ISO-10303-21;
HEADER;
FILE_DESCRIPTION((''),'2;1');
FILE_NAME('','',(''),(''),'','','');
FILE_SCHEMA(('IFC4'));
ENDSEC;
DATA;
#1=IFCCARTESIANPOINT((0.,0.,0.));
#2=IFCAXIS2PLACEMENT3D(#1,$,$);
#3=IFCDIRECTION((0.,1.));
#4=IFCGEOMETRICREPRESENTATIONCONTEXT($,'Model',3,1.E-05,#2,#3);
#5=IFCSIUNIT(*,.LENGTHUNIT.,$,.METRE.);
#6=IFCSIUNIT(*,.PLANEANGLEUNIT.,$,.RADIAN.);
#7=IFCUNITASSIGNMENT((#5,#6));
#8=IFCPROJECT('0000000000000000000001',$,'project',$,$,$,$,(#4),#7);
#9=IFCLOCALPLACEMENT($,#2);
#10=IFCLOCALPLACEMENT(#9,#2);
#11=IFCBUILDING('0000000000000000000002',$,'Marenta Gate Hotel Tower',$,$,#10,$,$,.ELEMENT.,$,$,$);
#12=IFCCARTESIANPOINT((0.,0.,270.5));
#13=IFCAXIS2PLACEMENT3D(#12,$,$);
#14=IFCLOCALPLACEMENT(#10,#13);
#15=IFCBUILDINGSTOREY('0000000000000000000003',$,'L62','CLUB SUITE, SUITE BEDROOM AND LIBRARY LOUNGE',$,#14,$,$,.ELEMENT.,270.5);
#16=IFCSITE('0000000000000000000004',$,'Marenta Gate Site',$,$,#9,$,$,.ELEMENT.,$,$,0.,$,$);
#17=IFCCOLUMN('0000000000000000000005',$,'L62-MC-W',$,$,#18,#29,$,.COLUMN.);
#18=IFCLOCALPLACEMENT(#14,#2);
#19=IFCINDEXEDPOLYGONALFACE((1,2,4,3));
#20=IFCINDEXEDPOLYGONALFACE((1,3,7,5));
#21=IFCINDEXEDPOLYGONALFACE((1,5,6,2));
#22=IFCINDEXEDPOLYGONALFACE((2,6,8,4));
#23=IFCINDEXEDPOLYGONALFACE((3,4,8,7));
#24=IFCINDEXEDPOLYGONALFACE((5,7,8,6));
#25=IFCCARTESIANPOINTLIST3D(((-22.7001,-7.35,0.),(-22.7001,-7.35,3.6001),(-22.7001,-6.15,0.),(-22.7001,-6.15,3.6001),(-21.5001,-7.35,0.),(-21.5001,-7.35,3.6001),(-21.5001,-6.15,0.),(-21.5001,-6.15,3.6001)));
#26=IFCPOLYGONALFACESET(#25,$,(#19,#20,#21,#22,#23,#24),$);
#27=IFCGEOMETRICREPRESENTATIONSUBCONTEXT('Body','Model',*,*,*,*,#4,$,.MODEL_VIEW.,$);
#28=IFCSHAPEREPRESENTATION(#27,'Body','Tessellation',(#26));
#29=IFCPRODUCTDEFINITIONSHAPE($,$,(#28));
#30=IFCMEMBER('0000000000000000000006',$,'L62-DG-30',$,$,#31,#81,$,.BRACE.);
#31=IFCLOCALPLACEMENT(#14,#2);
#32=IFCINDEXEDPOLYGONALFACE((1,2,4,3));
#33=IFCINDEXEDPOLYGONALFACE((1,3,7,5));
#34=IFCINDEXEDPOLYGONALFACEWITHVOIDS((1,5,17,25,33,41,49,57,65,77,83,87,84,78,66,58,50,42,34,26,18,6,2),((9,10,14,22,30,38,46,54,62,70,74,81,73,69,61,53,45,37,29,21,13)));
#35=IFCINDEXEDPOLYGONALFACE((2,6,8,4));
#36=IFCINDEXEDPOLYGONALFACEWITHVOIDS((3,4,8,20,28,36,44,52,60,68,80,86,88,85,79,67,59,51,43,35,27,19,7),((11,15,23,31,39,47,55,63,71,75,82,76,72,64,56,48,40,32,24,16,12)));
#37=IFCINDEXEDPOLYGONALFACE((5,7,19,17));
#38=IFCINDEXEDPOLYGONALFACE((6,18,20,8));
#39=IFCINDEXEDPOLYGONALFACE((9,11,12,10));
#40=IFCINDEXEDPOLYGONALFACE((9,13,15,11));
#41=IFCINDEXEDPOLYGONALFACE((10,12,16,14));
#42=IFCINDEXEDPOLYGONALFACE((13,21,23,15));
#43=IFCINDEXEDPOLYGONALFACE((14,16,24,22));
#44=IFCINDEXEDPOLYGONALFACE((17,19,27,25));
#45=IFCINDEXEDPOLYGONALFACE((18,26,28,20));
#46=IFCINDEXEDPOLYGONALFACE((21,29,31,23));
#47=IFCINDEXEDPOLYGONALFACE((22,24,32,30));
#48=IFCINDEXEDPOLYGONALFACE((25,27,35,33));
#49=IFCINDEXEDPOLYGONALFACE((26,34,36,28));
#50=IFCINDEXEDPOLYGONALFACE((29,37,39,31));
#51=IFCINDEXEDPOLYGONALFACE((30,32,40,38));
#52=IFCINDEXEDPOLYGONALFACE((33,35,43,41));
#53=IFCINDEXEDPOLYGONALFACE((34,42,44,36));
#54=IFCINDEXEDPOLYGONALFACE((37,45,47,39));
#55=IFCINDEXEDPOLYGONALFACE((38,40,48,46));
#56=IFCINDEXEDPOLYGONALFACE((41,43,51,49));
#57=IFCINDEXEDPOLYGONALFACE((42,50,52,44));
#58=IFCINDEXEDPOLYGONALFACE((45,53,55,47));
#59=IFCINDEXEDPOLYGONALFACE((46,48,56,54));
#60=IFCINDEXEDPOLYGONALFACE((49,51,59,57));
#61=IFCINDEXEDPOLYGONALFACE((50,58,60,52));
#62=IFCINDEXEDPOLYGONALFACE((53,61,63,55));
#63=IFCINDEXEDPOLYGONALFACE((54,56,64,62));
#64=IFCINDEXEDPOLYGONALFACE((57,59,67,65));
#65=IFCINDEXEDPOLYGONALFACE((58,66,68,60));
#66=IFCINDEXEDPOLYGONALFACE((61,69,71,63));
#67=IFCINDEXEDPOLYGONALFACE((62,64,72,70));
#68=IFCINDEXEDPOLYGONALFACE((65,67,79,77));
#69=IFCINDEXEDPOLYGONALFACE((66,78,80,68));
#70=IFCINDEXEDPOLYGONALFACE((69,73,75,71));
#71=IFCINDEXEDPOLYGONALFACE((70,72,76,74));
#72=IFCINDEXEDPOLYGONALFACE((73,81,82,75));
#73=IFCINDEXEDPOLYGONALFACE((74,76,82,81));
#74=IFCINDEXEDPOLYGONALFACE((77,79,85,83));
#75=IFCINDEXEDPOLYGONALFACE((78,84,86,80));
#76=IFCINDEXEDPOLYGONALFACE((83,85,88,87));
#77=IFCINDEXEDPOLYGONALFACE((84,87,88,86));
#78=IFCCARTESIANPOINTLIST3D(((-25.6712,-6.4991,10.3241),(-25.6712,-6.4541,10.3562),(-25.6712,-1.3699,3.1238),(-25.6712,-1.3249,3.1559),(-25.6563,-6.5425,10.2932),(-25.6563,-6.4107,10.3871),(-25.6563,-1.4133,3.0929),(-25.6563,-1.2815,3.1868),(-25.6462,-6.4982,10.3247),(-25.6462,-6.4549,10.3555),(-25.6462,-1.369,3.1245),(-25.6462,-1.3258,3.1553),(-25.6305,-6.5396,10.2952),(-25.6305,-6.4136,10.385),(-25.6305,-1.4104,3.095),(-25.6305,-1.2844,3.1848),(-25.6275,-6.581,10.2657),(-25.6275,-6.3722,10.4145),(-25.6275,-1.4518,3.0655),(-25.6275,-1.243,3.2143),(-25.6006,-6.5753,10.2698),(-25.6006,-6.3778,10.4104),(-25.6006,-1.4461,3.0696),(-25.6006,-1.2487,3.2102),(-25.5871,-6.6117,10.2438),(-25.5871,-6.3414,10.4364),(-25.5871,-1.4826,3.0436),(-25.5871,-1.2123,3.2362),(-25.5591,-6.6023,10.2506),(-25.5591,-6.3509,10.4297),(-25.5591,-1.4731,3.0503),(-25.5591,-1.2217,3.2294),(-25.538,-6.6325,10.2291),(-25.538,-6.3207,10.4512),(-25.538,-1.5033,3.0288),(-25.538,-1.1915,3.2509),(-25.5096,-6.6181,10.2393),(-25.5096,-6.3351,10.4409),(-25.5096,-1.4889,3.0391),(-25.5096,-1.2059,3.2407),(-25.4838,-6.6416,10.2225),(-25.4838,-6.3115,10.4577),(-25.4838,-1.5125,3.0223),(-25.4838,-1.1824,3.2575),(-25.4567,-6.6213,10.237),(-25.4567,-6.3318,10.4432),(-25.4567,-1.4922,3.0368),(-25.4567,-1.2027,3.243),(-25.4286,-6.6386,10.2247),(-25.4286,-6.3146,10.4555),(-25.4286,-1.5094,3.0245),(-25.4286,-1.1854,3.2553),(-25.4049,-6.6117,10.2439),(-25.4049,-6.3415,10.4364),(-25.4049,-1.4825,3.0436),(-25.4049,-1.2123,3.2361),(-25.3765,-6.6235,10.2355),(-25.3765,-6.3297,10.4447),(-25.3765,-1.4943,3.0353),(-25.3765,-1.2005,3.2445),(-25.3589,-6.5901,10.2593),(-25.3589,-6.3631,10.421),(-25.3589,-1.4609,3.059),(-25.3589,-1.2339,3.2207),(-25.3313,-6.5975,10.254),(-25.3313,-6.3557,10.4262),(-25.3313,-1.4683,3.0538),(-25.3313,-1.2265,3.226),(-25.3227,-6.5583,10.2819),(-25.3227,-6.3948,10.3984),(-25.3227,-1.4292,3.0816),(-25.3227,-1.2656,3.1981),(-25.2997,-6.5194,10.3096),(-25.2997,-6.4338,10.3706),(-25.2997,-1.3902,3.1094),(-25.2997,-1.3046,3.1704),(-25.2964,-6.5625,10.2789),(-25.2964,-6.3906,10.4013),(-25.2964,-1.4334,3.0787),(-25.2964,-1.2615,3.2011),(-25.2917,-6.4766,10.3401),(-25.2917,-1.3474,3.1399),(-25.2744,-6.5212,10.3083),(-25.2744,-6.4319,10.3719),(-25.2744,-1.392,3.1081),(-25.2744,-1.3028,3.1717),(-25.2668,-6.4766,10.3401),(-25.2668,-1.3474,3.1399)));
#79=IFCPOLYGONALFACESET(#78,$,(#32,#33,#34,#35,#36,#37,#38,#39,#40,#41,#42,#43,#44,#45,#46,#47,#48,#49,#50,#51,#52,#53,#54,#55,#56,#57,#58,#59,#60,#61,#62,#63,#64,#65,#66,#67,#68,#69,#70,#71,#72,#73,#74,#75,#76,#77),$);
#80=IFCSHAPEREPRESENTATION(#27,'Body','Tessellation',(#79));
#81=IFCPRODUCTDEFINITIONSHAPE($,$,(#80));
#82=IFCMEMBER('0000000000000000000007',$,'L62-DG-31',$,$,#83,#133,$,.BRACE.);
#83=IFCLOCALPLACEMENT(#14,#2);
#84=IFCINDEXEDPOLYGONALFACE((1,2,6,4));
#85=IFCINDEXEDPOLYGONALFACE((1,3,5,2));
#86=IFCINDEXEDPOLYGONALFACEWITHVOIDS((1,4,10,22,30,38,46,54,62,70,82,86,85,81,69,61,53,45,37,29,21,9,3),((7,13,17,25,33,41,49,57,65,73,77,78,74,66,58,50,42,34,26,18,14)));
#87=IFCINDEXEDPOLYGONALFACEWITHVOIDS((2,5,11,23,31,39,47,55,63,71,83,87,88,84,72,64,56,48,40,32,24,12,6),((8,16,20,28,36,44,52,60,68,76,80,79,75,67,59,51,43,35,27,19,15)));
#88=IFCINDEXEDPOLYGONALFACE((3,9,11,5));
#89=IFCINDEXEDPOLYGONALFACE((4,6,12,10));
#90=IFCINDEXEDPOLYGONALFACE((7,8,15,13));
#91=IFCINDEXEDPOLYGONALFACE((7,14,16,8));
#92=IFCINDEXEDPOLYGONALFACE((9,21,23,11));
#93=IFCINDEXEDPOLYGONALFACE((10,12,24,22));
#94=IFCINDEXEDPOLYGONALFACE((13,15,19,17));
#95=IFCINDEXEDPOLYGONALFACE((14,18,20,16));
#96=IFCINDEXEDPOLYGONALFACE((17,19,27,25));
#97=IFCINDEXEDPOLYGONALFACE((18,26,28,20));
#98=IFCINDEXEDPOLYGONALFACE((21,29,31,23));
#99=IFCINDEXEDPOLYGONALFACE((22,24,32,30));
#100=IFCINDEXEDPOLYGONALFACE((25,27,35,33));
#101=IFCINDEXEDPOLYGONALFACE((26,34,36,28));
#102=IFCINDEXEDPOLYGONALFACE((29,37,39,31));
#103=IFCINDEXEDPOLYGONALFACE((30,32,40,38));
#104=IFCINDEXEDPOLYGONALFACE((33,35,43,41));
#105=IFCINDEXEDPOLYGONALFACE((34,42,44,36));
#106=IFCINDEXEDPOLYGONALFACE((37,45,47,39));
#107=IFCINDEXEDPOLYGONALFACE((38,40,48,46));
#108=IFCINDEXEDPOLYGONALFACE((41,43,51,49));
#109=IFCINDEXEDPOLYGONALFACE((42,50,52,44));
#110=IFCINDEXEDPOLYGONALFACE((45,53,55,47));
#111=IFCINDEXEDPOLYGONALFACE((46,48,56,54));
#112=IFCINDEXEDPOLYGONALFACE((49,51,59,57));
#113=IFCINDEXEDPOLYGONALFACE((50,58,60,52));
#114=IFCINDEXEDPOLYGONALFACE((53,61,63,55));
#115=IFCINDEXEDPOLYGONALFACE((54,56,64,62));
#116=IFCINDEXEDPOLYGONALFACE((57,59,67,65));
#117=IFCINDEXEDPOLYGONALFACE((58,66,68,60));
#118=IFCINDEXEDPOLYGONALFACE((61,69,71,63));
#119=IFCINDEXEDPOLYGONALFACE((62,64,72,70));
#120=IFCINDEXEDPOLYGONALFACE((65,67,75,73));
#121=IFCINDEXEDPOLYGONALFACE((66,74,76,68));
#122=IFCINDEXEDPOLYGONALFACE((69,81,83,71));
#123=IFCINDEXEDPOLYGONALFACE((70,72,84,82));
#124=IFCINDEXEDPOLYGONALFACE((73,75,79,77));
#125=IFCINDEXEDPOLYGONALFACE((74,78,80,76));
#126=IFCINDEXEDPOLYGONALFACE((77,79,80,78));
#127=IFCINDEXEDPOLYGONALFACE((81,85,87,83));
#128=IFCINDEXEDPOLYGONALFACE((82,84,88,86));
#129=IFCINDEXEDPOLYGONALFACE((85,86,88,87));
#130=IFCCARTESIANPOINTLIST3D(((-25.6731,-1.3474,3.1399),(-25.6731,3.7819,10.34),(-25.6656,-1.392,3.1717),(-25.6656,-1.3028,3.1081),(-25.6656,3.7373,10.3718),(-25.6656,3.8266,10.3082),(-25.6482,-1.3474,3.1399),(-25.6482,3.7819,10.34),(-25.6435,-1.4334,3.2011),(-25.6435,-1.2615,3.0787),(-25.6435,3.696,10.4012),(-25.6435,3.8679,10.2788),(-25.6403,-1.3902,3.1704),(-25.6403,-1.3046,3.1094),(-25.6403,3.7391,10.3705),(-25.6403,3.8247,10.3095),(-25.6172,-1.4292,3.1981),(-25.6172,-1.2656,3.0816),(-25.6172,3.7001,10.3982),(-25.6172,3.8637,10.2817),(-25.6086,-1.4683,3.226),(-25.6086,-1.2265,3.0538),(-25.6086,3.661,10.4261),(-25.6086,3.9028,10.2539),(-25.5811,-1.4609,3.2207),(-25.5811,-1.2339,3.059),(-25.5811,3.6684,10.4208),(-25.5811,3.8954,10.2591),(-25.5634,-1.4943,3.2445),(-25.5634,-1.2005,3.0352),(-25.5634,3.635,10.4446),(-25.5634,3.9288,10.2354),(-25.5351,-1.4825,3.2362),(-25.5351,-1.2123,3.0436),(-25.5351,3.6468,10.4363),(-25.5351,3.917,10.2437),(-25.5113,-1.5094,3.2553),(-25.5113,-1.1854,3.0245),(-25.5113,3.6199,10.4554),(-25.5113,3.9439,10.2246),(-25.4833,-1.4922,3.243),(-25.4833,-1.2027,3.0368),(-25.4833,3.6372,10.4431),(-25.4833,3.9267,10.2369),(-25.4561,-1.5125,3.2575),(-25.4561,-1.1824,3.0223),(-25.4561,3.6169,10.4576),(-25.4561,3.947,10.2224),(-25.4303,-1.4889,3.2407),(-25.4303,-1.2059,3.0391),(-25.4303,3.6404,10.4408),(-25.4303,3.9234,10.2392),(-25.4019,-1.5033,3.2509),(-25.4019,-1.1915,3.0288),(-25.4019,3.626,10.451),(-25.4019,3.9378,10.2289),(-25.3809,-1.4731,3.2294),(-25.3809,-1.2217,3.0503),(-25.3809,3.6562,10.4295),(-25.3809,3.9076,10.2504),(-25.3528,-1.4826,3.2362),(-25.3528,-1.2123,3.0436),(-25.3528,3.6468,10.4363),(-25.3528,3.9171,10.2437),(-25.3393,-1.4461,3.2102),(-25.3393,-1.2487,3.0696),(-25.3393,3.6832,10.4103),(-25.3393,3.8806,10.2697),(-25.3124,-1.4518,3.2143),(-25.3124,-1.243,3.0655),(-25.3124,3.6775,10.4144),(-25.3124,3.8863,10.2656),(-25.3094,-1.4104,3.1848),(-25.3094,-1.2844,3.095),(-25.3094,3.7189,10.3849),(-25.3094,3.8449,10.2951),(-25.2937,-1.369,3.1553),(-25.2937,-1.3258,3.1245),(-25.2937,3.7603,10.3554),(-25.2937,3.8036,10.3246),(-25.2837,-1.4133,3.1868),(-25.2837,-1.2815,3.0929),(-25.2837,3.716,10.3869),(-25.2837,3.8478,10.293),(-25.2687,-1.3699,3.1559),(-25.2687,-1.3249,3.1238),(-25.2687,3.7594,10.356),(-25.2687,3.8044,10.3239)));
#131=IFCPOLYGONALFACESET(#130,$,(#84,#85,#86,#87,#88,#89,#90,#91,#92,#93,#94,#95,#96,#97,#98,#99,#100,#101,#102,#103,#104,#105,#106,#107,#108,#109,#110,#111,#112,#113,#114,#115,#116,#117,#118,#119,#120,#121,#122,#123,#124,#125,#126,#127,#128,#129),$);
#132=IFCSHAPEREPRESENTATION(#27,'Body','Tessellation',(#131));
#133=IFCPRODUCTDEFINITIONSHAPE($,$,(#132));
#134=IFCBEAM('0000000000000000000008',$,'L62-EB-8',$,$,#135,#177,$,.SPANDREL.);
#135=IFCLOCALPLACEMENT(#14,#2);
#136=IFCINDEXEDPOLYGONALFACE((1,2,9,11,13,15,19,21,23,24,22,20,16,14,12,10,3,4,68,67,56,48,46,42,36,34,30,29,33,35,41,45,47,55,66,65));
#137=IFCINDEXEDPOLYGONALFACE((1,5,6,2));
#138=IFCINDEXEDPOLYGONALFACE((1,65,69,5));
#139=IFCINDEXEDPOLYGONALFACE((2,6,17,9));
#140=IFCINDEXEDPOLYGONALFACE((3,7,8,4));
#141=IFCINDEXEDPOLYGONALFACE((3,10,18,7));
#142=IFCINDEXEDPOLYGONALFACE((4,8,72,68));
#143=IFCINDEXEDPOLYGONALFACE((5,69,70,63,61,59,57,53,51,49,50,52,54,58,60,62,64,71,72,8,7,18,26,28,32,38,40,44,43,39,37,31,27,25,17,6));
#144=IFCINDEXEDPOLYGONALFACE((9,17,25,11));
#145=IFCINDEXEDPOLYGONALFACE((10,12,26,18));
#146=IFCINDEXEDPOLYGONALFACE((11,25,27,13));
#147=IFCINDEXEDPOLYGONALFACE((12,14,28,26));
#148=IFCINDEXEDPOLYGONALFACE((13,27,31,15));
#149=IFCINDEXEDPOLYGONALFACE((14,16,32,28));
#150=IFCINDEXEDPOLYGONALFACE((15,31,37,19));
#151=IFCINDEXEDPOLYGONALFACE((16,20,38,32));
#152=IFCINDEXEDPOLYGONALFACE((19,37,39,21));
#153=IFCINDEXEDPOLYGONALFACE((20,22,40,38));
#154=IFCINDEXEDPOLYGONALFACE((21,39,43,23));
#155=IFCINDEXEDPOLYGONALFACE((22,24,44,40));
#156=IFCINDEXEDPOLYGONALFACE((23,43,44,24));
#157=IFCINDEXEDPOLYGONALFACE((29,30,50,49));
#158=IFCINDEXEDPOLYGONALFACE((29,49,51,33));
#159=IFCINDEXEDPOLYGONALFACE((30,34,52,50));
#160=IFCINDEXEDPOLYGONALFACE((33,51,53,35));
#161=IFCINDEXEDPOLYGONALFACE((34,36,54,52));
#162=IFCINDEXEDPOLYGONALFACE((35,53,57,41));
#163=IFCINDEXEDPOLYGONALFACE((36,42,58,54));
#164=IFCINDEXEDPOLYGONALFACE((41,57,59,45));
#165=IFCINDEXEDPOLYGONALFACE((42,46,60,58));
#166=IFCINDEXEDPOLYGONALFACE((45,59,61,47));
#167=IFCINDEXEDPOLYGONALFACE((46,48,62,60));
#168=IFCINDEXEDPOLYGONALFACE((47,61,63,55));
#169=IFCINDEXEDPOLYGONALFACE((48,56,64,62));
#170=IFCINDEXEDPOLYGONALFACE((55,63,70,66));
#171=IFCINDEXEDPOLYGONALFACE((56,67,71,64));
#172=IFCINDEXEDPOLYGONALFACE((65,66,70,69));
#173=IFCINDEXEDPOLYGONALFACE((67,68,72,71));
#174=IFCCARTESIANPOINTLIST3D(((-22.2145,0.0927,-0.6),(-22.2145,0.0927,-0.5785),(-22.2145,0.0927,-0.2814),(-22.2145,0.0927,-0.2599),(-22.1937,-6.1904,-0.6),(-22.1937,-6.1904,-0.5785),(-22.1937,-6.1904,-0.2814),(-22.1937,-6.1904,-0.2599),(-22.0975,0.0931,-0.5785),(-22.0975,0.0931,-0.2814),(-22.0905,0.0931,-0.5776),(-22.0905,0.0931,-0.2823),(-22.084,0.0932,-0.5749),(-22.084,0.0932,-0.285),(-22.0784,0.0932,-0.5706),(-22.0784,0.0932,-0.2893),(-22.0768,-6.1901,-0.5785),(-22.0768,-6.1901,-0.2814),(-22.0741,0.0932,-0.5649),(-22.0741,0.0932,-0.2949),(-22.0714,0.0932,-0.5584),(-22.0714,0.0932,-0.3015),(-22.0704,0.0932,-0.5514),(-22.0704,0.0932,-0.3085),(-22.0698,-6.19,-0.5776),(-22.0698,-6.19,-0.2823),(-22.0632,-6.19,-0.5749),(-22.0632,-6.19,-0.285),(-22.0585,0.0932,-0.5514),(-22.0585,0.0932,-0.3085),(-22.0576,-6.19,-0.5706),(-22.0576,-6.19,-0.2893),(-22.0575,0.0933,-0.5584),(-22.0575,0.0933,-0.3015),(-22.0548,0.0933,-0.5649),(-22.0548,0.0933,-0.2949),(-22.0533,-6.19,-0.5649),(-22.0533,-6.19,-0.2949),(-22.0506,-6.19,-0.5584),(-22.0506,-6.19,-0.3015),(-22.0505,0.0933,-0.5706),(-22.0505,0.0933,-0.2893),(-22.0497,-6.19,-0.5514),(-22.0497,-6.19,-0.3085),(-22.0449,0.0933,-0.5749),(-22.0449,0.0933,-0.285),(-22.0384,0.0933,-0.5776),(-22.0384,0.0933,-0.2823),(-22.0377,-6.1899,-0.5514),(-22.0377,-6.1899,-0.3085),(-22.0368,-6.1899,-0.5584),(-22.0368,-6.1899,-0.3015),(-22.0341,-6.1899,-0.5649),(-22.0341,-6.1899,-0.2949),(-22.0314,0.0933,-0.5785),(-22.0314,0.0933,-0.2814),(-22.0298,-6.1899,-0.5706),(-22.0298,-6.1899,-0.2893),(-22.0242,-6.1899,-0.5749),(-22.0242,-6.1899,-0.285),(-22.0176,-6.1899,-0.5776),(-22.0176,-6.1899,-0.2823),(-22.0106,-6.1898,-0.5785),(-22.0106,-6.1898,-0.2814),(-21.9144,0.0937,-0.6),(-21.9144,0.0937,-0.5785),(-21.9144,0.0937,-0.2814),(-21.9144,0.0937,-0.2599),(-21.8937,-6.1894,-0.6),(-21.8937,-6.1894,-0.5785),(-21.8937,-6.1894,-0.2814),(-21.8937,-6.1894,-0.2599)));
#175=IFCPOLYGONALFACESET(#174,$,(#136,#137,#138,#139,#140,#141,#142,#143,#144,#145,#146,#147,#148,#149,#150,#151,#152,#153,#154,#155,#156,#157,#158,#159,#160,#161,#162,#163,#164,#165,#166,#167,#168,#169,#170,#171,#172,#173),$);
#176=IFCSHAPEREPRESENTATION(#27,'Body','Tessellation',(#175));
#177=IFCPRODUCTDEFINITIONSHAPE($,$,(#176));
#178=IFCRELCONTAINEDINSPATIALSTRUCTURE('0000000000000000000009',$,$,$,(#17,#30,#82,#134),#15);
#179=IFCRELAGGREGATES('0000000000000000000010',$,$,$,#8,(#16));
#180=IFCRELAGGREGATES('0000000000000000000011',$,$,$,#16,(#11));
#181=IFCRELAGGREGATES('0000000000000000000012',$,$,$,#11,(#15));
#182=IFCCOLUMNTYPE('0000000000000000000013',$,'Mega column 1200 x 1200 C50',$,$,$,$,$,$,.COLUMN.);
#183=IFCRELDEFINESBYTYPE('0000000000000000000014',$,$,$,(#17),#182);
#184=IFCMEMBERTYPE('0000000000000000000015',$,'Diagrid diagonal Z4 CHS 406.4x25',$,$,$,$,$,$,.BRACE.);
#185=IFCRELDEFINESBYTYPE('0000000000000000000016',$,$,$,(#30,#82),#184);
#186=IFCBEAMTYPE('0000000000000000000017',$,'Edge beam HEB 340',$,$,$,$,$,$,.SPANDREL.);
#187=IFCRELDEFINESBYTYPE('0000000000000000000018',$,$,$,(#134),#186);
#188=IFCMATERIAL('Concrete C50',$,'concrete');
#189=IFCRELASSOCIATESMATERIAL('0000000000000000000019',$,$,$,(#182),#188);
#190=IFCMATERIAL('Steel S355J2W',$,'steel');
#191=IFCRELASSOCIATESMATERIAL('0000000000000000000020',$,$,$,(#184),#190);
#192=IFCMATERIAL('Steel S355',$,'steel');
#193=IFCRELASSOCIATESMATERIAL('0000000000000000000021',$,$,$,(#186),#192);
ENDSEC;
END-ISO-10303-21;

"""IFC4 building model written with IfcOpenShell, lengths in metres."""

from ifc_helpers import new_model, si_unit, direction, frame, origin, origin_2d, place, context, subcontext, project, spatial, rectangle, hollow_circle, i_section, extrude, material, material_profile, profile_set, type_object, element, save


model = new_model("IFC4")

# Units and contexts
model_context = context("Model", 3, precision=1e-05, world=origin(), true_north=direction((0.0, 1.0)))
body_context = subcontext(model_context, "Body", "Model", "MODEL_VIEW")
ifc_project = project(units=[si_unit("LENGTHUNIT", "METRE"), si_unit("PLANEANGLEUNIT", "RADIAN")], contexts=[model_context])

# Site, building, storey
site_placement = place(None, origin())
site = spatial("IfcSite", under=ifc_project, at=site_placement, Name="Marenta Gate Site", CompositionType="ELEMENT", RefElevation=0.0)
building_placement = place(site_placement, origin())
building = spatial("IfcBuilding", under=site, at=building_placement, Name="Marenta Gate Hotel Tower", CompositionType="ELEMENT")
storey_placement = place(building_placement, frame((0.0, 0.0, 270.5)))
storey = spatial("IfcBuildingStorey", under=building, at=storey_placement, Name="L62", Description="CLUB SUITE, SUITE BEDROOM AND LIBRARY LOUNGE", CompositionType="ELEMENT", Elevation=270.5)

# Column
ifc_material_1 = material(Name="Concrete C50", Category="concrete")
ifc_material_profile_1 = material_profile(ifc_material_1, rectangle(XDim=1.2, YDim=1.2, at=origin_2d()), Name="1200 x 1200")
ifc_profile_set_1 = profile_set([ifc_material_profile_1], Name="Concrete C50")
column_type = type_object("IfcColumnType", Name="Mega column 1200 x 1200 C50", PredefinedType="COLUMN", material=ifc_profile_set_1)
column_placement = place(storey_placement, frame((-22.1001, -6.75, 0.0), z_axis=(0.0, 0.0, 1.0), x_axis=(1.0, 0.0, 0.0)))
element("IfcColumn", 1, at=column_placement, inside=storey, type_object=column_type, Name="L62-MC-W", PredefinedType="COLUMN", context=body_context, shape_type="SweptSolid", body=[
    extrude(rectangle(XDim=1.2, YDim=1.2, at=origin_2d()), origin(), (0.0, 0.0, 1.0), 3.6001),
])

# Members
ifc_material_2 = material(Name="Steel S355J2W", Category="steel")
ifc_material_profile_2 = material_profile(ifc_material_2, hollow_circle(Radius=0.2031, WallThickness=0.0249, at=origin_2d()), Name="CHS 406.4x25")
ifc_profile_set_2 = profile_set([ifc_material_profile_2], Name="Steel S355J2W")
member_type_1 = type_object("IfcMemberType", Name="Diagrid diagonal Z4 CHS 406.4x25", PredefinedType="BRACE", material=ifc_profile_set_2)
for number, where, z_axis, x_axis, name in (
    (2, (-25.47, -1.3474, 3.1399), (0.0, -0.580201, 0.814474), (1.0, 0.0, 0.0), "L62-DG-30"),
    (3, (-25.47, -1.3474, 3.1399), (0.0, 0.580219, 0.814461), (-1.0, 0.0, 0.0), "L62-DG-31"),
):
    element("IfcMember", number, at=place(storey_placement, frame(where, z_axis=z_axis, x_axis=x_axis)), inside=storey, type_object=member_type_1, Name=name, PredefinedType="BRACE", context=body_context, shape_type="SweptSolid", body=[
        extrude(hollow_circle(Radius=0.2031, WallThickness=0.0249, at=origin_2d()), origin(), (0.0, 0.0, 1.0), 8.8403),
    ])

# Beam
ifc_material_3 = material(Name="Steel S355", Category="steel")
ifc_material_profile_3 = material_profile(ifc_material_3, i_section(OverallWidth=0.3, OverallDepth=0.3401, WebThickness=0.012, FlangeThickness=0.0215, FilletRadius=0.0271, at=origin_2d()), Name="HEB 340")
ifc_profile_set_3 = profile_set([ifc_material_profile_3], Name="Steel S355")
beam_type_1 = type_object("IfcBeamType", Name="Edge beam HEB 340", PredefinedType="SPANDREL", material=ifc_profile_set_3)
beam_1_placement = place(storey_placement, frame((-22.0437, -6.1899, -0.4299), z_axis=(-0.003303, 0.999995, 0.0), x_axis=(-0.999995, -0.003303, 0.0)))
element("IfcBeam", 4, at=beam_1_placement, inside=storey, type_object=beam_type_1, Name="L62-EB-8", PredefinedType="SPANDREL", context=body_context, shape_type="SweptSolid", body=[
    extrude(i_section(OverallWidth=0.3, OverallDepth=0.3401, WebThickness=0.012, FlangeThickness=0.0215, FilletRadius=0.0271, at=origin_2d()), origin(), (0.0, 0.0, 1.0), 6.2832),
])

save(model, "model.ifc")
